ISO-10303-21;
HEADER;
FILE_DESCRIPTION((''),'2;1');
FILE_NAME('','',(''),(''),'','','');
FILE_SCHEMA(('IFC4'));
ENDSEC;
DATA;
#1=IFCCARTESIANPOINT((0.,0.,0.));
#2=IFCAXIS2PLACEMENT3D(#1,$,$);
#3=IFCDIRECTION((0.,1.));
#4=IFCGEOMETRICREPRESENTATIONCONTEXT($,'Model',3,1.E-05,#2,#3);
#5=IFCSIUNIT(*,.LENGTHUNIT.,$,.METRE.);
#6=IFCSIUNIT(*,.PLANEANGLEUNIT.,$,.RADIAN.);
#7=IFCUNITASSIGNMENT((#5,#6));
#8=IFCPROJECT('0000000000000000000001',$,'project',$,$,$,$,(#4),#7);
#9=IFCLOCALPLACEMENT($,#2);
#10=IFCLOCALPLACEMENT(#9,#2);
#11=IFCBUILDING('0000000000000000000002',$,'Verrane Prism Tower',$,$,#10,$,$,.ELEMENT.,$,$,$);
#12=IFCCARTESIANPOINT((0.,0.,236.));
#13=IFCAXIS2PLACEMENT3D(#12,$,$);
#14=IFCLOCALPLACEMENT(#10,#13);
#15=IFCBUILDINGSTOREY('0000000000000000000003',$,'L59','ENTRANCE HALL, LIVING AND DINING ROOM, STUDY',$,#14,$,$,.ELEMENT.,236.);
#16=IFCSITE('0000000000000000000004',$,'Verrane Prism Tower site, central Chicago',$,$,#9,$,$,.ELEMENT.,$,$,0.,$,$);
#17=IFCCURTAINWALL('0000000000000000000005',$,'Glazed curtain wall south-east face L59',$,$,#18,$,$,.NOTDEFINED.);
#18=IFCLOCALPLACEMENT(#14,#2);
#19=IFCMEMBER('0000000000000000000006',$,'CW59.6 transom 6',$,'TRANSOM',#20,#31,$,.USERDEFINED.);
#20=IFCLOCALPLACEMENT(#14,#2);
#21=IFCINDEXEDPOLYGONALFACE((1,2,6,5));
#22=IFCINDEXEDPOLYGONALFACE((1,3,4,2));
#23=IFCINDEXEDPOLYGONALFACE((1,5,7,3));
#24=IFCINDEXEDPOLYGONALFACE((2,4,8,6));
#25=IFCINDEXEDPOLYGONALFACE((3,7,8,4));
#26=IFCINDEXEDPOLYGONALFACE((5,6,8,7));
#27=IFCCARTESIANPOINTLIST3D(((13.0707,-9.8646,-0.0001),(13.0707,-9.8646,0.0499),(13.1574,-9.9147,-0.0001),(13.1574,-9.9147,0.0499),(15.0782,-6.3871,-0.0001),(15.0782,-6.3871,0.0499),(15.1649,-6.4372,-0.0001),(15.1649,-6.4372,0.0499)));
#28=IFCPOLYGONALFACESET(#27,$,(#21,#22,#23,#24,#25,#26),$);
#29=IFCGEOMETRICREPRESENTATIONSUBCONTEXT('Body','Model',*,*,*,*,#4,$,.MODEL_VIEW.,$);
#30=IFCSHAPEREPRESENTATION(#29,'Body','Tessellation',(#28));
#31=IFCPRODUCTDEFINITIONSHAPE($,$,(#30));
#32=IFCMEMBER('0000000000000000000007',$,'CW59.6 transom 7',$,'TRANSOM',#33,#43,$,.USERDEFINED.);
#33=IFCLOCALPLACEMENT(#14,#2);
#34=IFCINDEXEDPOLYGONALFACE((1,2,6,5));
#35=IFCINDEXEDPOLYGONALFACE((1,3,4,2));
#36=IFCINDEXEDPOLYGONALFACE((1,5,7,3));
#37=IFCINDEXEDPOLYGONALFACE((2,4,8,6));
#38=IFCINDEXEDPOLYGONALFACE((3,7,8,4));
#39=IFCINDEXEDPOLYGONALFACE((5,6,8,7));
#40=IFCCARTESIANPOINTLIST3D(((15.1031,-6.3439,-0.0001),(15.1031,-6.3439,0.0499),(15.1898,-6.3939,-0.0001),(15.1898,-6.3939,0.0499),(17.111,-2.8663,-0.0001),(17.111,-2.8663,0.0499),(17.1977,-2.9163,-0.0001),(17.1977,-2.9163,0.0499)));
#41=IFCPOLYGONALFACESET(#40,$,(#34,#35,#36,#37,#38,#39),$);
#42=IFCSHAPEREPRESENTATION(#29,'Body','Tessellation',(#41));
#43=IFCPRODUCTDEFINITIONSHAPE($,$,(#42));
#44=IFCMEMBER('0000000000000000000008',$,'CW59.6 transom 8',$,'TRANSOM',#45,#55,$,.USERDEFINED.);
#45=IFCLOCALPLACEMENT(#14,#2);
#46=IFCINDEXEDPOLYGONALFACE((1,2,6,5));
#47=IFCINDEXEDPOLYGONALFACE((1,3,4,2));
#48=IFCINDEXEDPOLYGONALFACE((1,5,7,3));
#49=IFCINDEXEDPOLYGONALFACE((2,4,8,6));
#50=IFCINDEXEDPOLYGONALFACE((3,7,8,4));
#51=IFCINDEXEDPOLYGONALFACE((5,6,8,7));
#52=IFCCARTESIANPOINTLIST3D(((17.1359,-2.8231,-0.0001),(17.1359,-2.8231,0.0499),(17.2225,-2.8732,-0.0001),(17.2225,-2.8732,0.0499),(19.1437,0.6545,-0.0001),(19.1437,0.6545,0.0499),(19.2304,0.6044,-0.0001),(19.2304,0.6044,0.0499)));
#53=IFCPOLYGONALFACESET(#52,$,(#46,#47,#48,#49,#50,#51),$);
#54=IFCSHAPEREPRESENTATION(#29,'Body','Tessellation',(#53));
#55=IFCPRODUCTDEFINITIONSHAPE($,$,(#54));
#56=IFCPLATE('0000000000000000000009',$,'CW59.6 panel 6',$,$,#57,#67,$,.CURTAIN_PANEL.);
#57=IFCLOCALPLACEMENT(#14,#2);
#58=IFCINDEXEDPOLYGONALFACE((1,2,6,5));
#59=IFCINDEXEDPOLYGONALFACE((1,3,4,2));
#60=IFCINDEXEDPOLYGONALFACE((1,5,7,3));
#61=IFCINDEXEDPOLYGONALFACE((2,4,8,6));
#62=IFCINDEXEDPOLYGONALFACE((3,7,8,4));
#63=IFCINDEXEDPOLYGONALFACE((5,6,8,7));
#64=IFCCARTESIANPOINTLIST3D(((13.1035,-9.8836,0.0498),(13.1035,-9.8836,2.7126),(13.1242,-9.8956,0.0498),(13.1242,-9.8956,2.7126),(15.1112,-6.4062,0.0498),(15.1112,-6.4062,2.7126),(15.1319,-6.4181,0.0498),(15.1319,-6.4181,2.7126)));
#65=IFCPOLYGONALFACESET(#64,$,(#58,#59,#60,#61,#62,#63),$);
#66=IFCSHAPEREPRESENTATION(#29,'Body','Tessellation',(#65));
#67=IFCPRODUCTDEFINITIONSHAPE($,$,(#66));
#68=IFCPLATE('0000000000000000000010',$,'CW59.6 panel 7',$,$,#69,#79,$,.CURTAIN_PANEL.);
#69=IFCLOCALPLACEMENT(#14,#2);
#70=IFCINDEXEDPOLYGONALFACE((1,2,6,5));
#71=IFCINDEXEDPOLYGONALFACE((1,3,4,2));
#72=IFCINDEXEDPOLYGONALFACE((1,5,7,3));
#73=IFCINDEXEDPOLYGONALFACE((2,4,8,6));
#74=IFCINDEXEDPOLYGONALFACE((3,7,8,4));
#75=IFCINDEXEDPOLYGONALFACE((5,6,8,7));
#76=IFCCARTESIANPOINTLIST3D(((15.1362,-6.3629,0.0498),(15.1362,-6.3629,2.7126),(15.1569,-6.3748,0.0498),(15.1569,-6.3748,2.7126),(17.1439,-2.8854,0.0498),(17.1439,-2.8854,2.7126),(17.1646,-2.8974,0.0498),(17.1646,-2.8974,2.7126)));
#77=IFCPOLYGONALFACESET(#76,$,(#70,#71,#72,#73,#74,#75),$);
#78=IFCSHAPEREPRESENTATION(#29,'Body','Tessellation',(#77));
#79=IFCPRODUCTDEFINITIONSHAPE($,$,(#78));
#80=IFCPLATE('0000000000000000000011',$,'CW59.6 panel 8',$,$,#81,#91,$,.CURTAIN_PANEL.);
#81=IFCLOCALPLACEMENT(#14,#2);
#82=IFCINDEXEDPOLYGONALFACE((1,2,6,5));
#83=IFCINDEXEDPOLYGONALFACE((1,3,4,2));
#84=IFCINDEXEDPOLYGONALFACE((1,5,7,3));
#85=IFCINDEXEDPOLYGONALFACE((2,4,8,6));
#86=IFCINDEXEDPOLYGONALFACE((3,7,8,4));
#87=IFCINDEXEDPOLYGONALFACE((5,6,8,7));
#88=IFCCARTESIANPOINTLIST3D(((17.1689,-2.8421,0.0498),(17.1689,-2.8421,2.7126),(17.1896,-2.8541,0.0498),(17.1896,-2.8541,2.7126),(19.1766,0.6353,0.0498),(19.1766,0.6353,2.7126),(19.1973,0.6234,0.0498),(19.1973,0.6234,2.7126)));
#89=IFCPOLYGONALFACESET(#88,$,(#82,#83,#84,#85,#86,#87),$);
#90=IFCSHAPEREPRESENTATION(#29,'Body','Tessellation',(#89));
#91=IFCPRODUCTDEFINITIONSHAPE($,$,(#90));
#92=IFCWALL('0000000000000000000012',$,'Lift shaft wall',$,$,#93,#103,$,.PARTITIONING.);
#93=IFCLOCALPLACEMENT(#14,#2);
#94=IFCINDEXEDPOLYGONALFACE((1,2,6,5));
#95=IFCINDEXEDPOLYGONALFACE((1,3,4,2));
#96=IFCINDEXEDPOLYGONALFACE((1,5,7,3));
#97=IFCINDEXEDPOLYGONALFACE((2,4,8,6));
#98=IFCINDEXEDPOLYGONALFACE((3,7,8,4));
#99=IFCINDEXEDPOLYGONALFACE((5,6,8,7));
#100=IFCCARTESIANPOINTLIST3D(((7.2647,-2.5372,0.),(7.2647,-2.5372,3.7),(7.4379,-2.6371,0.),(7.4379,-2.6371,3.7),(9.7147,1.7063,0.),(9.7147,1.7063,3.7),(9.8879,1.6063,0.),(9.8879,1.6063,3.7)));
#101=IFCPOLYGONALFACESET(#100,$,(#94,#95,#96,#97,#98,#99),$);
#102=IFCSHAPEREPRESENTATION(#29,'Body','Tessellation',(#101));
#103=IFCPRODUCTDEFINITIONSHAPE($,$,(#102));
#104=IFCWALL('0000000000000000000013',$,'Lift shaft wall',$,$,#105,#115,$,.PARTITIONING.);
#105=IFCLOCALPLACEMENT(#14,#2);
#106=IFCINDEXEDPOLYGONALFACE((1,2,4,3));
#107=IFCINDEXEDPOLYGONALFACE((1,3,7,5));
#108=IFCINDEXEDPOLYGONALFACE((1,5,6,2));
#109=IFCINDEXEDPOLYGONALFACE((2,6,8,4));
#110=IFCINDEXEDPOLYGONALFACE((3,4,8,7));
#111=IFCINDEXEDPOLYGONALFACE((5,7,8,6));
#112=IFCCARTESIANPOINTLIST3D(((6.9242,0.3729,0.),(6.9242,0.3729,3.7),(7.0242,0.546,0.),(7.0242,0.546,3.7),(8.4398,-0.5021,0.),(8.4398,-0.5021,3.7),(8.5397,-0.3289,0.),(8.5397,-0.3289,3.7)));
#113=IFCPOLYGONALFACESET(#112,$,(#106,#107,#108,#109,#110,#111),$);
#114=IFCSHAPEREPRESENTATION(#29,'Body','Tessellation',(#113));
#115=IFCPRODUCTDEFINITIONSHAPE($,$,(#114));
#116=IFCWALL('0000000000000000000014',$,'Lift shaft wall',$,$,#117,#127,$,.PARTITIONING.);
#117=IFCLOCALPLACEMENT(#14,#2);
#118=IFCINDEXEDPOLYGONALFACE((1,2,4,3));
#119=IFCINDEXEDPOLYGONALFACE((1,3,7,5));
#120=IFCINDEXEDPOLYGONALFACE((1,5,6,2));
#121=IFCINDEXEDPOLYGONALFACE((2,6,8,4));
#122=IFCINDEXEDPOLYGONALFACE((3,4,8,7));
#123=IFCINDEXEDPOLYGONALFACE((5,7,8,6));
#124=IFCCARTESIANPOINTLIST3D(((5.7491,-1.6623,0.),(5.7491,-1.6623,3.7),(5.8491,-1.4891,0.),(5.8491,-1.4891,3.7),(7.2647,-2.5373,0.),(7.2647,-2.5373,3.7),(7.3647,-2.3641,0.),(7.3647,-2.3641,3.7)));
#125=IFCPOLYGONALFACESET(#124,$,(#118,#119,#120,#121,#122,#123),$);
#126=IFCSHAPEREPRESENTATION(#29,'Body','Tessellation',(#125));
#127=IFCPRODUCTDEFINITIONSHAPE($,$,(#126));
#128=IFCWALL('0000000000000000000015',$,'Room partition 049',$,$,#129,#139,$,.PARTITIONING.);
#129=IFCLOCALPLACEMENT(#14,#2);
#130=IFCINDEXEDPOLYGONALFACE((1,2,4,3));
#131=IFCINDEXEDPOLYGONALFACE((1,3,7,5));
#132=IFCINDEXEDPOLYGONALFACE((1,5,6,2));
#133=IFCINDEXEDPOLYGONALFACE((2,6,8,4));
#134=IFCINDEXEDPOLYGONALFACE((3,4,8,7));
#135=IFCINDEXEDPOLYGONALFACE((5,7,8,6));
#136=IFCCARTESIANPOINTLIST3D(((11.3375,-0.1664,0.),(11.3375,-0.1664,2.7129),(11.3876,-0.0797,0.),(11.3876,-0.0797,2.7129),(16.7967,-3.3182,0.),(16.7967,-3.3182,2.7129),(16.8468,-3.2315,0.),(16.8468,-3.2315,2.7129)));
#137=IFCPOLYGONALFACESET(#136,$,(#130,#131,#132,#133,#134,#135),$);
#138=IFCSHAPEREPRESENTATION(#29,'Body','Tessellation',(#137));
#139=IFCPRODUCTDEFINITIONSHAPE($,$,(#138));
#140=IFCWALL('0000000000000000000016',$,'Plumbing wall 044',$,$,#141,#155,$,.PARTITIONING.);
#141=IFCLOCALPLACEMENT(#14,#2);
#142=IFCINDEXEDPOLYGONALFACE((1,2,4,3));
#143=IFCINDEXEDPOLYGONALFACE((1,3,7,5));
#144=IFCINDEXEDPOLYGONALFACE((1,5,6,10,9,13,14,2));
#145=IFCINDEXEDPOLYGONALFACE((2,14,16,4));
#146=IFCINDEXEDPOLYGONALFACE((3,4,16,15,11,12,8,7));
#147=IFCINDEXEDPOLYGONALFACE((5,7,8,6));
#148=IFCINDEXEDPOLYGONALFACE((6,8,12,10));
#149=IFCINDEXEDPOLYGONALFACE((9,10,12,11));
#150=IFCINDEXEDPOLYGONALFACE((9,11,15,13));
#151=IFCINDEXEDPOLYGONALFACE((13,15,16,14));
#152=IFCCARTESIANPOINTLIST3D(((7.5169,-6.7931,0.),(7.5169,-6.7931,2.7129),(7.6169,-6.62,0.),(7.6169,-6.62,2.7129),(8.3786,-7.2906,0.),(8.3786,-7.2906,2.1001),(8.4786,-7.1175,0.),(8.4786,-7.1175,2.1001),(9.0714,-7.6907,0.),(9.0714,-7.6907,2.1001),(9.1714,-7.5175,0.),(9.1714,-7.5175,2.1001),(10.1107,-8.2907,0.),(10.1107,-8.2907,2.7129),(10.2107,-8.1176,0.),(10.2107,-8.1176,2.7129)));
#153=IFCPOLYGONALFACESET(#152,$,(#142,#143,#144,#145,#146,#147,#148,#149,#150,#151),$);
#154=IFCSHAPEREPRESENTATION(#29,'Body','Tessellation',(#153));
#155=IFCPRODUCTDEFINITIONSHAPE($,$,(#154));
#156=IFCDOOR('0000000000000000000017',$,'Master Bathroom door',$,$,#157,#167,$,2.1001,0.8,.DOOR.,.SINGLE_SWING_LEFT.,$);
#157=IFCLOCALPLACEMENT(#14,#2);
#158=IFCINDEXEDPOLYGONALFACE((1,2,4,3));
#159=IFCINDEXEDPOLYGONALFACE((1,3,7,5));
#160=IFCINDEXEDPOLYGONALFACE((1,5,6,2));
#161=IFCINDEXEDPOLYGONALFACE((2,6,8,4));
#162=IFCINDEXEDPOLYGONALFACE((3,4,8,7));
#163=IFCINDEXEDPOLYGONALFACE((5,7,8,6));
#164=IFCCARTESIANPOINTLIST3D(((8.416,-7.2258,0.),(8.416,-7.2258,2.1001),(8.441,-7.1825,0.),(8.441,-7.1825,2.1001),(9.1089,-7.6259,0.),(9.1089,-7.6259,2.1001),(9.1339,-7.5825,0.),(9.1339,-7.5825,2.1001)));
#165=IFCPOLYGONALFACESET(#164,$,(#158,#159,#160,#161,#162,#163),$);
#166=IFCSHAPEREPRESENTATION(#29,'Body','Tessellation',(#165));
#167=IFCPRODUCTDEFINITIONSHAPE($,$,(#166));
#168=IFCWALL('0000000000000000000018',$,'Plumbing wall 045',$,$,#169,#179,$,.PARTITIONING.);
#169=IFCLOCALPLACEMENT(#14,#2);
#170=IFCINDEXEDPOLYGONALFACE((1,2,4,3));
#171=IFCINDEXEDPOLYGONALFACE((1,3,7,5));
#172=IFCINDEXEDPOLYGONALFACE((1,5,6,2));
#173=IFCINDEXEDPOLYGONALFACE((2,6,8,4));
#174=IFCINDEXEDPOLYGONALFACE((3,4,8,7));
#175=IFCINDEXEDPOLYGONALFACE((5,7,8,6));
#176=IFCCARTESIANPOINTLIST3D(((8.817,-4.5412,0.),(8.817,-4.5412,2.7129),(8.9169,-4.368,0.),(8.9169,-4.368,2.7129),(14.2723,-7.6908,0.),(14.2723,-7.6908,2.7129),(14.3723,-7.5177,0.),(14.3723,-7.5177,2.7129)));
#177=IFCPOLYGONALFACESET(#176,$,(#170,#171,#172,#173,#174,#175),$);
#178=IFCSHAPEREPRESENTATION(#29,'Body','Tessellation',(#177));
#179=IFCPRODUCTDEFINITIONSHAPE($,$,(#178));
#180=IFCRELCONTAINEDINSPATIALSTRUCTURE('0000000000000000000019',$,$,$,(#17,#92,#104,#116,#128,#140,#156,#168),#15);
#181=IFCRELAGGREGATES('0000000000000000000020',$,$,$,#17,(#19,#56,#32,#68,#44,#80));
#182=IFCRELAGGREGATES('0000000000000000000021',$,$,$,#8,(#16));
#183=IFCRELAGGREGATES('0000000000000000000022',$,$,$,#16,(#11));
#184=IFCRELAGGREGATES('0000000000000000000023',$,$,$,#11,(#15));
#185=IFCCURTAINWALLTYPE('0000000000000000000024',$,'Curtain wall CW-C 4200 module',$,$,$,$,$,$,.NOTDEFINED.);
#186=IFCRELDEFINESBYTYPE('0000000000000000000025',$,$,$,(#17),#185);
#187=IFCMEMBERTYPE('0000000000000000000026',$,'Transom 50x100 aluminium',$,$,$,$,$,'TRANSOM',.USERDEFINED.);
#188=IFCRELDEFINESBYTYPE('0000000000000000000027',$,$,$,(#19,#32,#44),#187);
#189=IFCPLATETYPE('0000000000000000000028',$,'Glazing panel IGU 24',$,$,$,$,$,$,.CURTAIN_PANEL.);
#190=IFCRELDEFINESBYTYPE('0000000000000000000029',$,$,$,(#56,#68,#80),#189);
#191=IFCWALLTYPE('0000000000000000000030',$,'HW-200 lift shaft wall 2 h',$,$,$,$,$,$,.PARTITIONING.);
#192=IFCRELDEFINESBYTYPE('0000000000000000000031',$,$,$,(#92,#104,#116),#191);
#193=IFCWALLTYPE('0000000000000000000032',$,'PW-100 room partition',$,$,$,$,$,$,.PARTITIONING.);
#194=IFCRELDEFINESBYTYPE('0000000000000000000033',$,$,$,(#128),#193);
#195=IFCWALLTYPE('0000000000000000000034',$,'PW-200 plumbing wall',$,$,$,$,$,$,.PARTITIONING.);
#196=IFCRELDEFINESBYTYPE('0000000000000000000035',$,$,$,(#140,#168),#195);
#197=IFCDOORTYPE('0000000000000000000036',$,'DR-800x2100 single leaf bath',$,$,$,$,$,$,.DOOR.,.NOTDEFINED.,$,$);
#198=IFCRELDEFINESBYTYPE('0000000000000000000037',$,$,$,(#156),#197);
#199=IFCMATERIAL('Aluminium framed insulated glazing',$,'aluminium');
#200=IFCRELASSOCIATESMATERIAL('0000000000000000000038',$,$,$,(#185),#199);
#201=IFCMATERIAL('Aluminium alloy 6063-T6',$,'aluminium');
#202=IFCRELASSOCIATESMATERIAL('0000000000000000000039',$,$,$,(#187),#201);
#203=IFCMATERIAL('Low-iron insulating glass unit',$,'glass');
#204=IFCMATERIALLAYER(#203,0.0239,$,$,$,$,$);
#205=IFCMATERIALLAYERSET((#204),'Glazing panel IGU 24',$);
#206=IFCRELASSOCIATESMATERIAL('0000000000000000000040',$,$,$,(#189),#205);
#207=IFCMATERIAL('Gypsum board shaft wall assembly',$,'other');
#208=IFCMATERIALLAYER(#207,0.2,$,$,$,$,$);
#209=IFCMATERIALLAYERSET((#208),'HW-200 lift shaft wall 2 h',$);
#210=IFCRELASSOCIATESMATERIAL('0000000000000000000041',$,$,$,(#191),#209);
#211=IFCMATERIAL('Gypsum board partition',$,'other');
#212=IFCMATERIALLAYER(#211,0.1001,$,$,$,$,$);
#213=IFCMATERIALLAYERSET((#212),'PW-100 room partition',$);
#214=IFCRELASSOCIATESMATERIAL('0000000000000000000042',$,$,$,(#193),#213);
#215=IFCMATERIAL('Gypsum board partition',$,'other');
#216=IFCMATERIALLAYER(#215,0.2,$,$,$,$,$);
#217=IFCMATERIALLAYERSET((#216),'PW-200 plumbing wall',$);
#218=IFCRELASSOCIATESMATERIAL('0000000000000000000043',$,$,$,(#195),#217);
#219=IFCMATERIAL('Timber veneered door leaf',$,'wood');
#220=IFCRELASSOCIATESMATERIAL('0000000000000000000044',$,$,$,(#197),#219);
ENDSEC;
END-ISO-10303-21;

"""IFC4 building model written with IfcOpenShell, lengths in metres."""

from ifc_helpers import new_model, si_unit, direction, frame, frame_2d, origin, origin_2d, place, context, subcontext, project, spatial, rectangle, extrude, material, layer, layer_set, material_profile, profile_set, type_object, element, fill, aggregate, save


model = new_model("IFC4")

# Units and contexts
model_context = context("Model", 3, precision=1e-05, world=origin(), true_north=direction((0.0, 1.0)))
body_context = subcontext(model_context, "Body", "Model", "MODEL_VIEW")
ifc_project = project(units=[si_unit("LENGTHUNIT", "METRE"), si_unit("PLANEANGLEUNIT", "RADIAN")], contexts=[model_context])

# Site, building, storey
site_placement = place(None, origin())
site = spatial("IfcSite", under=ifc_project, at=site_placement, Name="Verrane Prism Tower site, central Chicago", CompositionType="ELEMENT", RefElevation=0.0)
building_placement = place(site_placement, origin())
building = spatial("IfcBuilding", under=site, at=building_placement, Name="Verrane Prism Tower", CompositionType="ELEMENT")
storey_placement = place(building_placement, frame((0.0, 0.0, 236.0)))
storey = spatial("IfcBuildingStorey", under=building, at=storey_placement, Name="L59", Description="ENTRANCE HALL, LIVING AND DINING ROOM, STUDY", CompositionType="ELEMENT", Elevation=236.0)

# Curtain wall
ifc_material_1 = material(Name="Aluminium framed insulated glazing", Category="aluminium")
curtain_wall_type = type_object("IfcCurtainWallType", Name="Curtain wall CW-C 4200 module", PredefinedType="NOTDEFINED", material=ifc_material_1)
curtain_wall_placement = place(storey_placement, origin())
curtain_wall = element("IfcCurtainWall", 1, at=curtain_wall_placement, inside=storey, type_object=curtain_wall_type, Name="Glazed curtain wall south-east face L59", PredefinedType="NOTDEFINED")

# Members
ifc_material_2 = material(Name="Aluminium alloy 6063-T6", Category="aluminium")
ifc_material_profile_1 = material_profile(ifc_material_2, rectangle(XDim=0.1001, YDim=0.05, at=origin_2d()), Name="Transom 50x100 aluminium")
ifc_profile_set_1 = profile_set([ifc_material_profile_1], Name="Aluminium alloy 6063-T6")
member_type_1 = type_object("IfcMemberType", Name="Transom 50x100 aluminium", ElementType="TRANSOM", PredefinedType="USERDEFINED", material=ifc_profile_set_1)
member_1_placement = place(storey_placement, frame((13.114, -9.8896, 0.0249), z_axis=(0.499965, 0.866046, 0.0), x_axis=(-0.866046, 0.499965, 0.0)))
member_1 = element("IfcMember", 2, at=member_1_placement, type_object=member_type_1, Name="CW59.6 transom 6", ObjectType="TRANSOM", PredefinedType="USERDEFINED", context=body_context, shape_type="SweptSolid", body=[
    extrude(rectangle(XDim=0.1001, YDim=0.05, at=origin_2d()), origin(), (0.0, 0.0, 1.0), 4.0154),
])
member_2_placement = place(storey_placement, frame((15.1465, -6.3689, 0.0249), z_axis=(0.50001, 0.86602, 0.0), x_axis=(-0.86602, 0.50001, 0.0)))
member_2 = element("IfcMember", 3, at=member_2_placement, type_object=member_type_1, Name="CW59.6 transom 7", ObjectType="TRANSOM", PredefinedType="USERDEFINED", context=body_context, shape_type="SweptSolid", body=[
    extrude(rectangle(XDim=0.1001, YDim=0.05, at=origin_2d()), origin(), (0.0, 0.0, 1.0), 4.0156),
])
member_3_placement = place(storey_placement, frame((17.1792, -2.8481, 0.0249), z_axis=(0.50001, 0.86602, 0.0), x_axis=(-0.86602, 0.50001, 0.0)))
member_3 = element("IfcMember", 4, at=member_3_placement, type_object=member_type_1, Name="CW59.6 transom 8", ObjectType="TRANSOM", PredefinedType="USERDEFINED", context=body_context, shape_type="SweptSolid", body=[
    extrude(rectangle(XDim=0.1001, YDim=0.05, at=origin_2d()), origin(), (0.0, 0.0, 1.0), 4.0156),
])

# Plates
ifc_material_3 = material(Name="Low-iron insulating glass unit", Category="glass")
ifc_layer_1 = layer(ifc_material_3, 0.0239)
ifc_layer_set_1 = layer_set([ifc_layer_1], Name="Glazing panel IGU 24")
plate_type = type_object("IfcPlateType", Name="Glazing panel IGU 24", PredefinedType="CURTAIN_PANEL", material=ifc_layer_set_1)
plate_1_placement = place(storey_placement, frame((14.1177, -8.1509, 0.0498), z_axis=(0.0, 0.0, 1.0), x_axis=(0.499999, 0.866026, 0.0)))
plate_1 = element("IfcPlate", 5, at=plate_1_placement, type_object=plate_type, Name="CW59.6 panel 6", PredefinedType="CURTAIN_PANEL", context=body_context, shape_type="SweptSolid", body=[
    extrude(rectangle(XDim=4.0154, YDim=0.0239, at=origin_2d()), origin(), (0.0, 0.0, 1.0), 2.6628),
])
plate_2_placement = place(storey_placement, frame((16.1504, -4.6301, 0.0498), z_axis=(0.0, 0.0, 1.0), x_axis=(0.499999, 0.866026, 0.0)))
plate_2 = element("IfcPlate", 6, at=plate_2_placement, type_object=plate_type, Name="CW59.6 panel 7", PredefinedType="CURTAIN_PANEL", context=body_context, shape_type="SweptSolid", body=[
    extrude(rectangle(XDim=4.0154, YDim=0.0239, at=origin_2d()), origin(), (0.0, 0.0, 1.0), 2.6628),
])
plate_3_placement = place(storey_placement, frame((18.1831, -1.1094, 0.0498), z_axis=(0.0, 0.0, 1.0), x_axis=(0.499999, 0.866026, 0.0)))
plate_3 = element("IfcPlate", 7, at=plate_3_placement, type_object=plate_type, Name="CW59.6 panel 8", PredefinedType="CURTAIN_PANEL", context=body_context, shape_type="SweptSolid", body=[
    extrude(rectangle(XDim=4.0154, YDim=0.0239, at=origin_2d()), origin(), (0.0, 0.0, 1.0), 2.6628),
])
aggregate(curtain_wall, [member_1, plate_1, member_2, plate_2, member_3, plate_3])

# Walls
ifc_material_4 = material(Name="Gypsum board shaft wall assembly", Category="other")
ifc_layer_2 = layer(ifc_material_4, 0.2)
ifc_layer_set_2 = layer_set([ifc_layer_2], Name="HW-200 lift shaft wall 2 h")
wall_type_1 = type_object("IfcWallType", Name="HW-200 lift shaft wall 2 h", PredefinedType="PARTITIONING", material=ifc_layer_set_2)
wall_1_placement = place(storey_placement, frame((7.3513, -2.5872, 0.0), z_axis=(0.0, 0.0, 1.0), x_axis=(0.500003, 0.866024, 0.0)))
element("IfcWall", 8, at=wall_1_placement, inside=storey, type_object=wall_type_1, Name="Lift shaft wall", PredefinedType="PARTITIONING", context=body_context, shape_type="SweptSolid", body=[
    extrude(rectangle(XDim=4.8999, YDim=0.2, at=frame_2d((2.45, 0.0))), origin(), (0.0, 0.0, 1.0), 3.7),
])
for number, where, z_axis, x_axis, name in (
    (9, (8.4897, -0.4155, 0.0), (0.0, 0.0, 1.0), (-0.866037, 0.49998, 0.0), "Lift shaft wall"),
    (10, (7.3147, -2.4507, 0.0), (0.0, 0.0, 1.0), (-0.866037, 0.49998, 0.0), "Lift shaft wall"),
):
    element("IfcWall", number, at=place(storey_placement, frame(where, z_axis=z_axis, x_axis=x_axis)), inside=storey, type_object=wall_type_1, Name=name, PredefinedType="PARTITIONING", context=body_context, shape_type="SweptSolid", body=[
        extrude(rectangle(XDim=1.75, YDim=0.2, at=frame_2d((0.875, 0.0))), origin(), (0.0, 0.0, 1.0), 3.7),
    ])
ifc_material_5 = material(Name="Gypsum board partition", Category="other")
ifc_layer_3 = layer(ifc_material_5, 0.1001)
ifc_layer_set_3 = layer_set([ifc_layer_3], Name="PW-100 room partition")
wall_type_2 = type_object("IfcWallType", Name="PW-100 room partition", PredefinedType="PARTITIONING", material=ifc_layer_set_3)
wall_2_placement = place(storey_placement, frame((11.3625, -0.123, 0.0), z_axis=(0.0, 0.0, 1.0), x_axis=(0.866028, -0.499996, 0.0)))
element("IfcWall", 11, at=wall_2_placement, inside=storey, type_object=wall_type_2, Name="Room partition 049", PredefinedType="PARTITIONING", context=body_context, shape_type="SweptSolid", body=[
    extrude(rectangle(XDim=6.3037, YDim=0.1001, at=frame_2d((3.1519, 0.0))), origin(), (0.0, 0.0, 1.0), 2.7129),
])

# Wall, opening, door
ifc_material_6 = material(Name="Gypsum board partition", Category="other")
ifc_layer_4 = layer(ifc_material_6, 0.2)
ifc_layer_set_4 = layer_set([ifc_layer_4], Name="PW-200 plumbing wall")
wall_type_3 = type_object("IfcWallType", Name="PW-200 plumbing wall", PredefinedType="PARTITIONING", material=ifc_layer_set_4)
wall_3_placement = place(storey_placement, frame((7.5669, -6.7065, 0.0), z_axis=(0.0, 0.0, 1.0), x_axis=(0.866017, -0.500014, 0.0)))
wall_3 = element("IfcWall", 12, at=wall_3_placement, inside=storey, type_object=wall_type_3, Name="Plumbing wall 044", PredefinedType="PARTITIONING", context=body_context, shape_type="SweptSolid", body=[
    extrude(rectangle(XDim=2.9951, YDim=0.2, at=frame_2d((1.4976, 0.0))), origin(), (0.0, 0.0, 1.0), 2.7129),
])
opening_placement = place(wall_3_placement, frame((0.9951, 0.0, 0.0)))
opening = element("IfcOpeningElement", 13, at=opening_placement, cuts=wall_3, PredefinedType="OPENING", context=body_context, shape_type="SweptSolid", body=[
    extrude(rectangle(XDim=0.8, YDim=2.1001, at=frame_2d((0.3999, 1.05))), frame((0.0, 0.1099, 0.0), z_axis=(0.0, -1.0, 0.0), x_axis=(1.0, 0.0, 0.0)), (0.0, 0.0, 1.0), 0.22),
])
ifc_material_7 = material(Name="Timber veneered door leaf", Category="wood")
door_type = type_object("IfcDoorType", Name="DR-800x2100 single leaf bath", OperationType="NOTDEFINED", PredefinedType="DOOR", material=ifc_material_7)
door_placement = place(opening_placement, origin())
door = element("IfcDoor", 14, at=door_placement, inside=storey, type_object=door_type, Name="Master Bathroom door", OperationType="SINGLE_SWING_LEFT", OverallHeight=2.1001, OverallWidth=0.8, PredefinedType="DOOR", context=body_context, shape_type="SweptSolid", body=[
    extrude(rectangle(XDim=0.8, YDim=2.1001, at=frame_2d((0.3999, 1.05))), frame((0.0, 0.0249, 0.0), z_axis=(0.0, -1.0, 0.0), x_axis=(1.0, 0.0, 0.0)), (0.0, 0.0, 1.0), 0.05),
])
fill(opening, door)

# Wall
wall_4_placement = place(storey_placement, frame((8.8669, -4.4546, 0.0), z_axis=(0.0, 0.0, 1.0), x_axis=(0.866024, -0.500003, 0.0)))
element("IfcWall", 15, at=wall_4_placement, inside=storey, type_object=wall_type_3, Name="Plumbing wall 045", PredefinedType="PARTITIONING", context=body_context, shape_type="SweptSolid", body=[
    extrude(rectangle(XDim=6.2993, YDim=0.2, at=frame_2d((3.1497, 0.0))), origin(), (0.0, 0.0, 1.0), 2.7129),
])

save(model, "model.ifc")
